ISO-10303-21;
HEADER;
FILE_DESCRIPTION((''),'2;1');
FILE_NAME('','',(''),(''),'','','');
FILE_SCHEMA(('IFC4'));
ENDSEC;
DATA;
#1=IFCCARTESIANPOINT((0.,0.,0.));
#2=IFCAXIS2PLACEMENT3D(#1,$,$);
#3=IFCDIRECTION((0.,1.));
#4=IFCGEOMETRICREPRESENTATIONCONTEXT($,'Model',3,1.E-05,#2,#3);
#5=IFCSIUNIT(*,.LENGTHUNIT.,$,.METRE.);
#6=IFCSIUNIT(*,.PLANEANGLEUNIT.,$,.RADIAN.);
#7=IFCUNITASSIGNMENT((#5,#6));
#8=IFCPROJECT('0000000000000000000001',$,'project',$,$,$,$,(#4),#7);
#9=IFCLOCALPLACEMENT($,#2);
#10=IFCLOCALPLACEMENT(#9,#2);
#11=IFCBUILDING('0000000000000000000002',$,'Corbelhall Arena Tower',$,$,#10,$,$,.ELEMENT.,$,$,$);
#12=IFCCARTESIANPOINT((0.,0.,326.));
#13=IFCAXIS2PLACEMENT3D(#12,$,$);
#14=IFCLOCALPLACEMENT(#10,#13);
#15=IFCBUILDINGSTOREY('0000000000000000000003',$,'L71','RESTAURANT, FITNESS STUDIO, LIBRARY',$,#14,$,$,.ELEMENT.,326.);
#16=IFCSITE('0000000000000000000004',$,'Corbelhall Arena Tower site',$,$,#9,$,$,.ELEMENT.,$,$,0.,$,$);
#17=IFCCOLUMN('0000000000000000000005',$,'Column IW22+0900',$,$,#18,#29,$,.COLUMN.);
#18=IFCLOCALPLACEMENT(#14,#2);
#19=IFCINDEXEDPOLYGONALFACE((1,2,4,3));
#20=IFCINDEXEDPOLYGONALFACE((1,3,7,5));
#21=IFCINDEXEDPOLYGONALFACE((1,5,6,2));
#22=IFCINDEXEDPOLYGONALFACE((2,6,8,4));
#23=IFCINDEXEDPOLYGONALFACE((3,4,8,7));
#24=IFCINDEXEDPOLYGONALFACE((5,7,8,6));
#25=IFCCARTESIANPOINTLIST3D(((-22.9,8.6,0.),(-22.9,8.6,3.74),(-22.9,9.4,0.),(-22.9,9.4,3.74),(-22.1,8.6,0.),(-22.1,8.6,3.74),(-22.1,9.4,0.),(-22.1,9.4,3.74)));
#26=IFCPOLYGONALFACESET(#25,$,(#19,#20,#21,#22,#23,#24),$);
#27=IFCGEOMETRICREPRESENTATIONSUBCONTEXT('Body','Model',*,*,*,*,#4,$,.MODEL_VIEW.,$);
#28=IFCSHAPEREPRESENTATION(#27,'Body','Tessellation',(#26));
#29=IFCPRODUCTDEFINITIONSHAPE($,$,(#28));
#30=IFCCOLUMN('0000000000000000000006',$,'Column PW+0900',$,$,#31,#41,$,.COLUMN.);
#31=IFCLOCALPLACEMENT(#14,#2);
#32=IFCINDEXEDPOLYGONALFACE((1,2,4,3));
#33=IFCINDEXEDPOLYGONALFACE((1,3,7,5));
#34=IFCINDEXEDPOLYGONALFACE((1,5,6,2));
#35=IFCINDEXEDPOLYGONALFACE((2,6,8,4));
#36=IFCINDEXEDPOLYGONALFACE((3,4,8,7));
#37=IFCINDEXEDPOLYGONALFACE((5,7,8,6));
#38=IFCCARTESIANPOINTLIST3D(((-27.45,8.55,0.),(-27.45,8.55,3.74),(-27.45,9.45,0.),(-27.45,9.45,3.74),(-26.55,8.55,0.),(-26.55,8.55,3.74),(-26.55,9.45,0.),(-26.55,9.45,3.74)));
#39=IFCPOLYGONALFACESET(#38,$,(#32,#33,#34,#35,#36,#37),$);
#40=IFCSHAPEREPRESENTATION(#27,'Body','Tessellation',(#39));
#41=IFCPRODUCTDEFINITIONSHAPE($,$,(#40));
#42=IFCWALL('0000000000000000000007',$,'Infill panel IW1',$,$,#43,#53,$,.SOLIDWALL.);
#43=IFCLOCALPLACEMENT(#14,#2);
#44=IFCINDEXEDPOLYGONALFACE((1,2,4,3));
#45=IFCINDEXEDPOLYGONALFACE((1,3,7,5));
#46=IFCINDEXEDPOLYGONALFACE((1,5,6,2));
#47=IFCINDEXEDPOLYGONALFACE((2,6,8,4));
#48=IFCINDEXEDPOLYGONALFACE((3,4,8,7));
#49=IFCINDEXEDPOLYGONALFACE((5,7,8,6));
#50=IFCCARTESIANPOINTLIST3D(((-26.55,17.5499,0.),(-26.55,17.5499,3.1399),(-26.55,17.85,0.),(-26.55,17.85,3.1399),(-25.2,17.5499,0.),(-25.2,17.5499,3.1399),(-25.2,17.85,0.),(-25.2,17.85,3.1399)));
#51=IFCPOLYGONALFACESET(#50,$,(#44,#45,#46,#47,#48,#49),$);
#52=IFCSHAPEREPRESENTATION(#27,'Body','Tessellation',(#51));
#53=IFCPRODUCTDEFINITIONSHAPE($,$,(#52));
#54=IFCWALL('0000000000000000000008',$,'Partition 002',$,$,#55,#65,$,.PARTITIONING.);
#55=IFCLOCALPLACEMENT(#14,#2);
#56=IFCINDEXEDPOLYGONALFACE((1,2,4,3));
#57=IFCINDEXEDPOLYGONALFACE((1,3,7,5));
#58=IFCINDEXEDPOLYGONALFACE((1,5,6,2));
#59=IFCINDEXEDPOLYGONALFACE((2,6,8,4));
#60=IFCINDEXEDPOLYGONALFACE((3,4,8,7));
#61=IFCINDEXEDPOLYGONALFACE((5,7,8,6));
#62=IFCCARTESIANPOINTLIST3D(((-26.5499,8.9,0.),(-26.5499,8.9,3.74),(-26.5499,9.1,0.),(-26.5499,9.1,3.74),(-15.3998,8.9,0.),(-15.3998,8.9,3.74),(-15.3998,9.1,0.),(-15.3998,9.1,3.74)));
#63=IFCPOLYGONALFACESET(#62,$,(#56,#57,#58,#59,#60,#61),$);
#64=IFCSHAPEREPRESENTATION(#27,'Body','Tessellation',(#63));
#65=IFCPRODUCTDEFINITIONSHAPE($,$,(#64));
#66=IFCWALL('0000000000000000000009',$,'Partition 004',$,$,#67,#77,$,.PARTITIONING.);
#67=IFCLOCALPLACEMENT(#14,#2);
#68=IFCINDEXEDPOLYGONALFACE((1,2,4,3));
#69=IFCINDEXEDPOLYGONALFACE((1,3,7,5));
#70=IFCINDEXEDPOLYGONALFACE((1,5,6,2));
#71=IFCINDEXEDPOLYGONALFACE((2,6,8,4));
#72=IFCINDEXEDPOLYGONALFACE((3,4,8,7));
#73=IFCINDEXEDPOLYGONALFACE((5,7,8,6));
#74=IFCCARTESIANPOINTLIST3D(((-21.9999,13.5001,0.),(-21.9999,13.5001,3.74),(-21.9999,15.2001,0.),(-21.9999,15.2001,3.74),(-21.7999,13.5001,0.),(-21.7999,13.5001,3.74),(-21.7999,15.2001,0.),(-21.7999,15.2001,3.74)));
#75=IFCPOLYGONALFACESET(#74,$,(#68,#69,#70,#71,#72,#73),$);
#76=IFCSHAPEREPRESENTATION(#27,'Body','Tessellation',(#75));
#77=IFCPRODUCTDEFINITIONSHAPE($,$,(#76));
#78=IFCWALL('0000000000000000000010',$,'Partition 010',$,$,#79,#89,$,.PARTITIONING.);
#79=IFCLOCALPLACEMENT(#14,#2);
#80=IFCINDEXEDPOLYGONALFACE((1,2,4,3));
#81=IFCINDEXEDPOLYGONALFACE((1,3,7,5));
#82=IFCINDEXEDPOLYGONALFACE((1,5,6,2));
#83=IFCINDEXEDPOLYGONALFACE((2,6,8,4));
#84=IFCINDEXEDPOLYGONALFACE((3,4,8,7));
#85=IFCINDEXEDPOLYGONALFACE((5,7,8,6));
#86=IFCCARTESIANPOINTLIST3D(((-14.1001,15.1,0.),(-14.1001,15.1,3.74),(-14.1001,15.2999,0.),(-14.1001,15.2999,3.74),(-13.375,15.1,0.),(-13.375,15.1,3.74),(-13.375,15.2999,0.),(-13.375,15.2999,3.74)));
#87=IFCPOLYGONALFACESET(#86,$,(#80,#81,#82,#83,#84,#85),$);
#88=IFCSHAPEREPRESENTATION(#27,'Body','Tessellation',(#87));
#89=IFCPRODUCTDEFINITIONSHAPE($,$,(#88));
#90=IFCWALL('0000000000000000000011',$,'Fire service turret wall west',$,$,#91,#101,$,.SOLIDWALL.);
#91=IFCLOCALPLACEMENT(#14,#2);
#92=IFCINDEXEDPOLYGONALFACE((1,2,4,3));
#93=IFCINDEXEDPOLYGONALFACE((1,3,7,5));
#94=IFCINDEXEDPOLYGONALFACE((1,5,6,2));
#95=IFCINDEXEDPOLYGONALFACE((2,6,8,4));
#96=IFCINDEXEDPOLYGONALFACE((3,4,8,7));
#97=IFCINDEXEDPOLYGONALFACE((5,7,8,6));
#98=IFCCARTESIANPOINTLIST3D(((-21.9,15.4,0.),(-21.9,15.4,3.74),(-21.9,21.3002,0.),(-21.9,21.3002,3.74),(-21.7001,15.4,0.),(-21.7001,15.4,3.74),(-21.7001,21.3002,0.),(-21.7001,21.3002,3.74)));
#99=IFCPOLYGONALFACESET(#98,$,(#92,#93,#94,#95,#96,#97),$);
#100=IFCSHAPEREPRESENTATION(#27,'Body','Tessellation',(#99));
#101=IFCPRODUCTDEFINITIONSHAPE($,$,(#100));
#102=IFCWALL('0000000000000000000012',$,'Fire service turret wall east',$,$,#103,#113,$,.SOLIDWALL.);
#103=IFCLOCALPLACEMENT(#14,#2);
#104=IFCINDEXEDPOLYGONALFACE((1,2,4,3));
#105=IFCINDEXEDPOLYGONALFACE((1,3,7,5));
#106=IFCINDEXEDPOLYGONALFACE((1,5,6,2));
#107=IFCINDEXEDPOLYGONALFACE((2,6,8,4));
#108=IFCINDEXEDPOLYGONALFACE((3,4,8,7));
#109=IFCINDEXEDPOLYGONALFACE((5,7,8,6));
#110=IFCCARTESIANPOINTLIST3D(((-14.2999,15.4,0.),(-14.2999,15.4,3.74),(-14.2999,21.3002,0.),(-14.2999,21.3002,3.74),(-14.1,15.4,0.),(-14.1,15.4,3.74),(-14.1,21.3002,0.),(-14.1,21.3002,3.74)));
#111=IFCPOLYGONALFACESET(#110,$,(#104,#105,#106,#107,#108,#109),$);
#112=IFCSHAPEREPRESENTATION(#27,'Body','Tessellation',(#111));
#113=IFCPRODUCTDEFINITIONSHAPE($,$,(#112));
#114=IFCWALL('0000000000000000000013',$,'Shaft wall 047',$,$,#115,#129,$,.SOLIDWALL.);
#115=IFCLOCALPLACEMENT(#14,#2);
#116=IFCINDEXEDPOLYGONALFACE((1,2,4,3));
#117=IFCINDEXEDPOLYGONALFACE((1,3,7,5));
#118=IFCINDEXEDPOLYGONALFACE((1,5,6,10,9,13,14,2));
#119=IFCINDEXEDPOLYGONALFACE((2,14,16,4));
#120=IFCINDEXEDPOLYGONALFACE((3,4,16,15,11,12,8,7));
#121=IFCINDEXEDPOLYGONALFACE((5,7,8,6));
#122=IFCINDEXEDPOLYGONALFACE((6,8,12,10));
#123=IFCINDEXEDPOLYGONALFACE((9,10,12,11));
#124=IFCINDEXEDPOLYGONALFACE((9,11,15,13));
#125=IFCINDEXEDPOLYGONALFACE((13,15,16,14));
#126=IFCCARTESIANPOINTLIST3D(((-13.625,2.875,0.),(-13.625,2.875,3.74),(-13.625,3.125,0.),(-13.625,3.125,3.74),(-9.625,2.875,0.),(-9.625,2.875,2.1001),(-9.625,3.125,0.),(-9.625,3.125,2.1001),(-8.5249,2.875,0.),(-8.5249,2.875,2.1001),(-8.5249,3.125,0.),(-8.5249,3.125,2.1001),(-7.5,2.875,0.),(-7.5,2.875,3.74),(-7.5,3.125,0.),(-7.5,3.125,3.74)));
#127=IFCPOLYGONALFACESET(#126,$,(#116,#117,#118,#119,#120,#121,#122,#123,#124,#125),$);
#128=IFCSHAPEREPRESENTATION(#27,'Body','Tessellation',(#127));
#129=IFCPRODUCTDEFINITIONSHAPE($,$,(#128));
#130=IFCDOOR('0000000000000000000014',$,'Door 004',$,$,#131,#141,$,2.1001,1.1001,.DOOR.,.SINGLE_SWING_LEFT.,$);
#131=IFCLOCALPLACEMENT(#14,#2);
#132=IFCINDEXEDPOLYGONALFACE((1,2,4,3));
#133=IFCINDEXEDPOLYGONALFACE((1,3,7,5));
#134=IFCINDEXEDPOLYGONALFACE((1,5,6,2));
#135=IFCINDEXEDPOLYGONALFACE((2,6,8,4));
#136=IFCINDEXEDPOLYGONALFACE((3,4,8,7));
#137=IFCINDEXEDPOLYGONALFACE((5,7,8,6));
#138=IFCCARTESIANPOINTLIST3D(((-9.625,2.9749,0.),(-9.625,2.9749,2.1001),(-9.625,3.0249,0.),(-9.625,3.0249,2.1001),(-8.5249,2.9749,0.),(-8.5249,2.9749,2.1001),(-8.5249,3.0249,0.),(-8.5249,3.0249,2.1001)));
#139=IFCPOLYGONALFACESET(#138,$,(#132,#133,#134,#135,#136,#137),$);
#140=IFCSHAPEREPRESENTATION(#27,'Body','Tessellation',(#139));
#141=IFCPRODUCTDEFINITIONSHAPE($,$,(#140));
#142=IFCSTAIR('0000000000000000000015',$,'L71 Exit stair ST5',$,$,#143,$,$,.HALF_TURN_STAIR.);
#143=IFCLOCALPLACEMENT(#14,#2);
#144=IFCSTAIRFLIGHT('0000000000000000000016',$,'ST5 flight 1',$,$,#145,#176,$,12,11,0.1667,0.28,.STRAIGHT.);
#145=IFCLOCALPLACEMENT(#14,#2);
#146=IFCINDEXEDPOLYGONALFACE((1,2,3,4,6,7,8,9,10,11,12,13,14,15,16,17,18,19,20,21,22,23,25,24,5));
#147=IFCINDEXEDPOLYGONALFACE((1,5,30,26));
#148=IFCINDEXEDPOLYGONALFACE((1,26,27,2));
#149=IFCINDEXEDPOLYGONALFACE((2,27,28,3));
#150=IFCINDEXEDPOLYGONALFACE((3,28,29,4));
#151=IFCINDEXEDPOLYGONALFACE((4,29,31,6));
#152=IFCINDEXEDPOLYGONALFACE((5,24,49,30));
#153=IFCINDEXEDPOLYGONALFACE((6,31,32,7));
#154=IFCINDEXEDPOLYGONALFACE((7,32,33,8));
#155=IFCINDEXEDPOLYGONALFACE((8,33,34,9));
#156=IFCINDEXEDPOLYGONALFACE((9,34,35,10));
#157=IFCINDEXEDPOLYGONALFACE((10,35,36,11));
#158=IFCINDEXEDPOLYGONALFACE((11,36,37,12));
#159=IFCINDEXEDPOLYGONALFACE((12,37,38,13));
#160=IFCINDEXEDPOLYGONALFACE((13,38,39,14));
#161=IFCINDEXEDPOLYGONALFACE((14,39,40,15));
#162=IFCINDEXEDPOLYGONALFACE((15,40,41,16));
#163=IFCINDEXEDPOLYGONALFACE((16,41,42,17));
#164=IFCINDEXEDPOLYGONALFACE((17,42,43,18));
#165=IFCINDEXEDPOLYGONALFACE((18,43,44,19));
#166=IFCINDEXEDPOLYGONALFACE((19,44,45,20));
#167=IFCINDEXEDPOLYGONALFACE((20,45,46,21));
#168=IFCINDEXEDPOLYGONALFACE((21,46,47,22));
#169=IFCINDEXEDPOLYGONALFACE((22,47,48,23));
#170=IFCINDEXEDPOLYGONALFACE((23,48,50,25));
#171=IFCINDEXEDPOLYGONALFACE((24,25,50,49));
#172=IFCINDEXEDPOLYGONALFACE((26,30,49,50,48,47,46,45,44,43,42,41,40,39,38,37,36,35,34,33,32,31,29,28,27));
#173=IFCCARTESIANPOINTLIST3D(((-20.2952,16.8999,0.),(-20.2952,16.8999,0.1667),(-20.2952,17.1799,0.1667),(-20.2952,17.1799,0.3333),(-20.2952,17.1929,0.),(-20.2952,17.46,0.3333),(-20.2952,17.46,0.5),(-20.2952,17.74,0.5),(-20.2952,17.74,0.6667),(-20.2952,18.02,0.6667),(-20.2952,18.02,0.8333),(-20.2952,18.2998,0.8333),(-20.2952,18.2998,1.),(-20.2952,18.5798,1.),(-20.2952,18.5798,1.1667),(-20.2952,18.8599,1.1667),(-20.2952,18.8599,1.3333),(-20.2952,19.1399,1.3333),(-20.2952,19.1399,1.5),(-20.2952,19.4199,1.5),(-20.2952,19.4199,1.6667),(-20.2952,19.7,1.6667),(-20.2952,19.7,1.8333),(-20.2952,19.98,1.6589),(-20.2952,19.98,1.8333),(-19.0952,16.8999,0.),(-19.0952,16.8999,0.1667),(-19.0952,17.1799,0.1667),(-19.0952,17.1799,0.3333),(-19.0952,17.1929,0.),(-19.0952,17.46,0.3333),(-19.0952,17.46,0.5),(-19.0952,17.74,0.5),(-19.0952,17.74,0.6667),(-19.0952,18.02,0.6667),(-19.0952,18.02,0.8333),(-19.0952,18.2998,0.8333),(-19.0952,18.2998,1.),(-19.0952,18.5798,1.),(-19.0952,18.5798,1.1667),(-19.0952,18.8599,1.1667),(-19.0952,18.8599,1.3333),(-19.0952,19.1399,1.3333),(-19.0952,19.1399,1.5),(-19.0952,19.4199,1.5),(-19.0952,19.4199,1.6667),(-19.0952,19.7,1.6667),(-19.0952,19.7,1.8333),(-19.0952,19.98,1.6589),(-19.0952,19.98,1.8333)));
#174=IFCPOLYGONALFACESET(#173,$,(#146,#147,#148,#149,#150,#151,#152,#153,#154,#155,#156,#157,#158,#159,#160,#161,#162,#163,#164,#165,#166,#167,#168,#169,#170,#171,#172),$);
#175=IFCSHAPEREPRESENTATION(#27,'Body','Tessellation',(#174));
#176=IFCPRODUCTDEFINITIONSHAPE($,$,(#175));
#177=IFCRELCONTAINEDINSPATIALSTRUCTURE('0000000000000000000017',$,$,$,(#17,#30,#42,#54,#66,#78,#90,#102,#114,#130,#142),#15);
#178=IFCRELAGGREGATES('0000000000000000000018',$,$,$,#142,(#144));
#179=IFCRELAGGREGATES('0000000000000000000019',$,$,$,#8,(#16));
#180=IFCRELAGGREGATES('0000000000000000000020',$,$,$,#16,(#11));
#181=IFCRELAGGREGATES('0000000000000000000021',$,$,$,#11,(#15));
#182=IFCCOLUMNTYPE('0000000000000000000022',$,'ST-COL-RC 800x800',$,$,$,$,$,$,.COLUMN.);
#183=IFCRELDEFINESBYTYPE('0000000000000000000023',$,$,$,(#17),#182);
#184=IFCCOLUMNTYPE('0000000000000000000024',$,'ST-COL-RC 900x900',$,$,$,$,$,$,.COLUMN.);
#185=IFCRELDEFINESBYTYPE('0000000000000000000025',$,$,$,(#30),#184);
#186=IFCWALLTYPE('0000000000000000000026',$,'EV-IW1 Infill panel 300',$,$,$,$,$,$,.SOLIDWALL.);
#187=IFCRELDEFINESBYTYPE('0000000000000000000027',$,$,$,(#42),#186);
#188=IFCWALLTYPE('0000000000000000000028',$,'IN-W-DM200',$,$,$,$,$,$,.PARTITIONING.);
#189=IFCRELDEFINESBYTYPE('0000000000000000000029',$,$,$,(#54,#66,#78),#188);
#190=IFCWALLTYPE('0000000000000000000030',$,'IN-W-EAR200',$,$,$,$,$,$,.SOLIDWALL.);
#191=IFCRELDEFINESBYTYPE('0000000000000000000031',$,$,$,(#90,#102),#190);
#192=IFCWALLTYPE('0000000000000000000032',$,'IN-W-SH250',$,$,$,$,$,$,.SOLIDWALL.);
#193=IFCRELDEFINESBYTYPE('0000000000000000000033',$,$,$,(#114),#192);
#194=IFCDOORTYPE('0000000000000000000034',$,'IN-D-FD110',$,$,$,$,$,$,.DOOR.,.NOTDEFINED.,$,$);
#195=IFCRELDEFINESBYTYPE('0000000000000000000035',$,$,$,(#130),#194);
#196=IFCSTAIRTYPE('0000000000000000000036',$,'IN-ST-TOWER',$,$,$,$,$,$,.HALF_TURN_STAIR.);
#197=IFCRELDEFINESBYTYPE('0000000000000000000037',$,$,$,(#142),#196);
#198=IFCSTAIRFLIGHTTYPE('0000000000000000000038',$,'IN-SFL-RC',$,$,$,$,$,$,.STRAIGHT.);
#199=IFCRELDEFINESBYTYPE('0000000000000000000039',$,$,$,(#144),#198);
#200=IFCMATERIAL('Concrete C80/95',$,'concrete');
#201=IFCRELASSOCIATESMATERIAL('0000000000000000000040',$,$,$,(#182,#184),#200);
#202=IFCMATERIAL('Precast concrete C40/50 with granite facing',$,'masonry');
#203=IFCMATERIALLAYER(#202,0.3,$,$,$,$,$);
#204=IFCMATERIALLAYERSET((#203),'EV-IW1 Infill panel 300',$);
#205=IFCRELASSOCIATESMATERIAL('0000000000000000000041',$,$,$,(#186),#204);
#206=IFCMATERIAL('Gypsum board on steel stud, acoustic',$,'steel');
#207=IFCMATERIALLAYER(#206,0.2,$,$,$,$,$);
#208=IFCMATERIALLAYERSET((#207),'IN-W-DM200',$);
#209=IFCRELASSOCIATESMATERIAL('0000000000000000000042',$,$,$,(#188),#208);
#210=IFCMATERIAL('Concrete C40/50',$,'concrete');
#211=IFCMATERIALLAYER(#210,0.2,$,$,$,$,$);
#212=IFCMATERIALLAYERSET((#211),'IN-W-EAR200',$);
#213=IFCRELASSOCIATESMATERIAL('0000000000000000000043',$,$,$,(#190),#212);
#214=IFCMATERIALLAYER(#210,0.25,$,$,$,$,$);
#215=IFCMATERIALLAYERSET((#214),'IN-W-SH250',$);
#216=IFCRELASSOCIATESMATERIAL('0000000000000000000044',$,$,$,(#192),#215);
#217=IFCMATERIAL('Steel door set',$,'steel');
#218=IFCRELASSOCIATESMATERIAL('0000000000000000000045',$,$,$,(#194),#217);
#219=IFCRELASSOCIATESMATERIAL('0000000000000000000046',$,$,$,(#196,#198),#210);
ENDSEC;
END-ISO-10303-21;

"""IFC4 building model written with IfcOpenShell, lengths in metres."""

from ifc_helpers import new_model, si_unit, direction, frame, frame_2d, origin, origin_2d, place, context, subcontext, project, spatial, polyline, rectangle, outline, extrude, material, layer, layer_set, material_profile, profile_set, type_object, element, fill, aggregate, save


model = new_model("IFC4")

# Units and contexts
model_context = context("Model", 3, precision=1e-05, world=origin(), true_north=direction((0.0, 1.0)))
body_context = subcontext(model_context, "Body", "Model", "MODEL_VIEW")
ifc_project = project(units=[si_unit("LENGTHUNIT", "METRE"), si_unit("PLANEANGLEUNIT", "RADIAN")], contexts=[model_context])

# Site, building, storey
site_placement = place(None, origin())
site = spatial("IfcSite", under=ifc_project, at=site_placement, Name="Corbelhall Arena Tower site", CompositionType="ELEMENT", RefElevation=0.0)
building_placement = place(site_placement, origin())
building = spatial("IfcBuilding", under=site, at=building_placement, Name="Corbelhall Arena Tower", CompositionType="ELEMENT")
storey_placement = place(building_placement, frame((0.0, 0.0, 326.0)))
storey = spatial("IfcBuildingStorey", under=building, at=storey_placement, Name="L71", Description="RESTAURANT, FITNESS STUDIO, LIBRARY", CompositionType="ELEMENT", Elevation=326.0)

# Columns
ifc_material_1 = material(Name="Concrete C80/95", Category="concrete")
ifc_material_profile_1 = material_profile(ifc_material_1, rectangle(XDim=0.8, YDim=0.8, at=origin_2d()))
ifc_profile_set_1 = profile_set([ifc_material_profile_1], Name="Concrete C80/95")
column_type_1 = type_object("IfcColumnType", Name="ST-COL-RC 800x800", PredefinedType="COLUMN", material=ifc_profile_set_1)
column_1_placement = place(storey_placement, frame((-22.5, 9.0, 0.0), z_axis=(0.0, 0.0, 1.0), x_axis=(1.0, 0.0, 0.0)))
element("IfcColumn", 1, at=column_1_placement, inside=storey, type_object=column_type_1, Name="Column IW22+0900", PredefinedType="COLUMN", context=body_context, shape_type="SweptSolid", body=[
    extrude(rectangle(XDim=0.8, YDim=0.8, at=origin_2d()), origin(), (0.0, 0.0, 1.0), 3.74),
])
ifc_material_profile_2 = material_profile(ifc_material_1, rectangle(XDim=0.8999, YDim=0.8999, at=origin_2d()))
ifc_profile_set_2 = profile_set([ifc_material_profile_2], Name="Concrete C80/95")
column_type_2 = type_object("IfcColumnType", Name="ST-COL-RC 900x900", PredefinedType="COLUMN", material=ifc_profile_set_2)
column_2_placement = place(storey_placement, frame((-27.0, 9.0, 0.0), z_axis=(0.0, 0.0, 1.0), x_axis=(0.0, 1.0, 0.0)))
element("IfcColumn", 2, at=column_2_placement, inside=storey, type_object=column_type_2, Name="Column PW+0900", PredefinedType="COLUMN", context=body_context, shape_type="SweptSolid", body=[
    extrude(rectangle(XDim=0.8999, YDim=0.8999, at=origin_2d()), origin(), (0.0, 0.0, 1.0), 3.74),
])

# Wall
ifc_material_2 = material(Name="Precast concrete C40/50 with granite facing", Category="masonry")
ifc_layer_1 = layer(ifc_material_2, 0.3)
ifc_layer_set_1 = layer_set([ifc_layer_1], Name="EV-IW1 Infill panel 300")
wall_type_1 = type_object("IfcWallType", Name="EV-IW1 Infill panel 300", PredefinedType="SOLIDWALL", material=ifc_layer_set_1)
wall_1_placement = place(storey_placement, frame((-25.2, 17.7, 0.0), z_axis=(0.0, 0.0, 1.0), x_axis=(-1.0, 0.0, 0.0)))
element("IfcWall", 3, at=wall_1_placement, inside=storey, type_object=wall_type_1, Name="Infill panel IW1", PredefinedType="SOLIDWALL", context=body_context, shape_type="SweptSolid", body=[
    extrude(rectangle(XDim=1.3501, YDim=0.3, at=frame_2d((0.675, 0.0))), origin(), (0.0, 0.0, 1.0), 3.1399),
])

# Walls
ifc_material_3 = material(Name="Gypsum board on steel stud, acoustic", Category="steel")
ifc_layer_2 = layer(ifc_material_3, 0.2)
ifc_layer_set_2 = layer_set([ifc_layer_2], Name="IN-W-DM200")
wall_type_2 = type_object("IfcWallType", Name="IN-W-DM200", PredefinedType="PARTITIONING", material=ifc_layer_set_2)
wall_2_placement = place(storey_placement, frame((-26.55, 9.0, 0.0), z_axis=(0.0, 0.0, 1.0), x_axis=(1.0, 0.0, 0.0)))
element("IfcWall", 4, at=wall_2_placement, inside=storey, type_object=wall_type_2, Name="Partition 002", PredefinedType="PARTITIONING", context=body_context, shape_type="SweptSolid", body=[
    extrude(rectangle(XDim=11.1501, YDim=0.2, at=frame_2d((5.5752, 0.0))), origin(), (0.0, 0.0, 1.0), 3.74),
])
wall_3_placement = place(storey_placement, frame((-21.8999, 13.5, 0.0), z_axis=(0.0, 0.0, 1.0), x_axis=(0.0, 1.0, 0.0)))
element("IfcWall", 5, at=wall_3_placement, inside=storey, type_object=wall_type_2, Name="Partition 004", PredefinedType="PARTITIONING", context=body_context, shape_type="SweptSolid", body=[
    extrude(rectangle(XDim=1.7, YDim=0.2, at=frame_2d((0.8501, 0.0))), origin(), (0.0, 0.0, 1.0), 3.74),
])

# Shared definitions
ifc_material_4 = material(Name="Steel door set", Category="steel")

# Wall
wall_4_placement = place(storey_placement, frame((-14.1001, 15.2, 0.0), z_axis=(0.0, 0.0, 1.0), x_axis=(1.0, 0.0, 0.0)))
element("IfcWall", 6, at=wall_4_placement, inside=storey, type_object=wall_type_2, Name="Partition 010", PredefinedType="PARTITIONING", context=body_context, shape_type="SweptSolid", body=[
    extrude(rectangle(XDim=0.7251, YDim=0.2, at=frame_2d((0.3625, 0.0))), origin(), (0.0, 0.0, 1.0), 3.74),
])

# Shared definitions
ifc_material_5 = material(Name="Concrete C40/50", Category="concrete")
ifc_layer_3 = layer(ifc_material_5, 0.2)
ifc_layer_set_3 = layer_set([ifc_layer_3], Name="IN-W-EAR200")
wall_type_3 = type_object("IfcWallType", Name="IN-W-EAR200", PredefinedType="SOLIDWALL", material=ifc_layer_set_3)

# Walls
for number, where, z_axis, x_axis, name in (
    (7, (-21.8, 15.3999, 0.0), (0.0, 0.0, 1.0), (0.0, 1.0, 0.0), "Fire service turret wall west"),
    (8, (-14.2, 15.3999, 0.0), (0.0, 0.0, 1.0), (0.0, 1.0, 0.0), "Fire service turret wall east"),
):
    element("IfcWall", number, at=place(storey_placement, frame(where, z_axis=z_axis, x_axis=x_axis)), inside=storey, type_object=wall_type_3, Name=name, PredefinedType="SOLIDWALL", context=body_context, shape_type="SweptSolid", body=[
        extrude(rectangle(XDim=5.9001, YDim=0.2, at=frame_2d((2.9502, 0.0))), origin(), (0.0, 0.0, 1.0), 3.74),
    ])

# Wall, opening, door
ifc_layer_4 = layer(ifc_material_5, 0.25)
ifc_layer_set_4 = layer_set([ifc_layer_4], Name="IN-W-SH250")
wall_type_4 = type_object("IfcWallType", Name="IN-W-SH250", PredefinedType="SOLIDWALL", material=ifc_layer_set_4)
wall_5_placement = place(storey_placement, frame((-13.625, 3.0, 0.0), z_axis=(0.0, 0.0, 1.0), x_axis=(1.0, 0.0, 0.0)))
wall_5 = element("IfcWall", 9, at=wall_5_placement, inside=storey, type_object=wall_type_4, Name="Shaft wall 047", PredefinedType="SOLIDWALL", context=body_context, shape_type="SweptSolid", body=[
    extrude(rectangle(XDim=6.125, YDim=0.25, at=frame_2d((3.0625, 0.0))), origin(), (0.0, 0.0, 1.0), 3.74),
])
opening_1_placement = place(wall_5_placement, frame((4.0, 0.0, 0.0)))
opening_1 = element("IfcOpeningElement", 10, at=opening_1_placement, cuts=wall_5, PredefinedType="OPENING", context=body_context, shape_type="SweptSolid", body=[
    extrude(rectangle(XDim=1.1001, YDim=2.1001, at=frame_2d((0.55, 1.05))), frame((0.0, 0.125, 0.0), z_axis=(0.0, -1.0, 0.0), x_axis=(1.0, 0.0, 0.0)), (0.0, 0.0, 1.0), 0.25),
])
door_type_1 = type_object("IfcDoorType", Name="IN-D-FD110", OperationType="NOTDEFINED", PredefinedType="DOOR", material=ifc_material_4)
door_1_placement = place(opening_1_placement, origin())
door_1 = element("IfcDoor", 11, at=door_1_placement, inside=storey, type_object=door_type_1, Name="Door 004", OperationType="SINGLE_SWING_LEFT", OverallHeight=2.1001, OverallWidth=1.1001, PredefinedType="DOOR", context=body_context, shape_type="SweptSolid", body=[
    extrude(rectangle(XDim=1.1001, YDim=2.1001, at=frame_2d((0.55, 1.05))), frame((0.0, 0.0249, 0.0), z_axis=(0.0, -1.0, 0.0), x_axis=(1.0, 0.0, 0.0)), (0.0, 0.0, 1.0), 0.05),
])
fill(opening_1, door_1)

# Stair, stair flight
stair_type = type_object("IfcStairType", Name="IN-ST-TOWER", PredefinedType="HALF_TURN_STAIR", material=ifc_material_5)
stair_placement = place(storey_placement, origin())
stair = element("IfcStair", 12, at=stair_placement, inside=storey, type_object=stair_type, Name="L71 Exit stair ST5", PredefinedType="HALF_TURN_STAIR")
stair_flight_type = type_object("IfcStairFlightType", Name="IN-SFL-RC", PredefinedType="STRAIGHT", material=ifc_material_5)
stair_flight_placement = place(storey_placement, frame((-19.6951, 16.8999, 0.0), z_axis=(0.0, 0.0, 1.0), x_axis=(0.0, 1.0, 0.0)))
stair_flight = element("IfcStairFlight", 13, at=stair_flight_placement, type_object=stair_flight_type, Name="ST5 flight 1", NumberOfRisers=12, NumberOfTreads=11, PredefinedType="STRAIGHT", RiserHeight=0.1667, TreadLength=0.28, context=body_context, shape_type="SweptSolid", body=[
    extrude(outline(polyline([(0.0, 0.0), (0.0, 0.1667), (0.28, 0.1667), (0.28, 0.3333), (0.5601, 0.3333), (0.5601, 0.5), (0.8401, 0.5), (0.8401, 0.6667), (1.1201, 0.6667), (1.1201, 0.8333), (1.3999, 0.8333), (1.3999, 1.0), (1.6799, 1.0), (1.6799, 1.1667), (1.96, 1.1667), (1.96, 1.3333), (2.24, 1.3333), (2.24, 1.5), (2.52, 1.5), (2.52, 1.6667), (2.8, 1.6667), (2.8, 1.8333), (3.0801, 1.8333), (3.0801, 2.0), (3.0801, 1.6589), (0.293, 0.0), (0.0, 0.0)])), frame((0.0, 0.6001, 0.0), z_axis=(0.0, -1.0, 0.0), x_axis=(1.0, 0.0, 0.0)), (0.0, 0.0, 1.0), 1.2),
])
aggregate(stair, [stair_flight])

save(model, "model.ifc")
